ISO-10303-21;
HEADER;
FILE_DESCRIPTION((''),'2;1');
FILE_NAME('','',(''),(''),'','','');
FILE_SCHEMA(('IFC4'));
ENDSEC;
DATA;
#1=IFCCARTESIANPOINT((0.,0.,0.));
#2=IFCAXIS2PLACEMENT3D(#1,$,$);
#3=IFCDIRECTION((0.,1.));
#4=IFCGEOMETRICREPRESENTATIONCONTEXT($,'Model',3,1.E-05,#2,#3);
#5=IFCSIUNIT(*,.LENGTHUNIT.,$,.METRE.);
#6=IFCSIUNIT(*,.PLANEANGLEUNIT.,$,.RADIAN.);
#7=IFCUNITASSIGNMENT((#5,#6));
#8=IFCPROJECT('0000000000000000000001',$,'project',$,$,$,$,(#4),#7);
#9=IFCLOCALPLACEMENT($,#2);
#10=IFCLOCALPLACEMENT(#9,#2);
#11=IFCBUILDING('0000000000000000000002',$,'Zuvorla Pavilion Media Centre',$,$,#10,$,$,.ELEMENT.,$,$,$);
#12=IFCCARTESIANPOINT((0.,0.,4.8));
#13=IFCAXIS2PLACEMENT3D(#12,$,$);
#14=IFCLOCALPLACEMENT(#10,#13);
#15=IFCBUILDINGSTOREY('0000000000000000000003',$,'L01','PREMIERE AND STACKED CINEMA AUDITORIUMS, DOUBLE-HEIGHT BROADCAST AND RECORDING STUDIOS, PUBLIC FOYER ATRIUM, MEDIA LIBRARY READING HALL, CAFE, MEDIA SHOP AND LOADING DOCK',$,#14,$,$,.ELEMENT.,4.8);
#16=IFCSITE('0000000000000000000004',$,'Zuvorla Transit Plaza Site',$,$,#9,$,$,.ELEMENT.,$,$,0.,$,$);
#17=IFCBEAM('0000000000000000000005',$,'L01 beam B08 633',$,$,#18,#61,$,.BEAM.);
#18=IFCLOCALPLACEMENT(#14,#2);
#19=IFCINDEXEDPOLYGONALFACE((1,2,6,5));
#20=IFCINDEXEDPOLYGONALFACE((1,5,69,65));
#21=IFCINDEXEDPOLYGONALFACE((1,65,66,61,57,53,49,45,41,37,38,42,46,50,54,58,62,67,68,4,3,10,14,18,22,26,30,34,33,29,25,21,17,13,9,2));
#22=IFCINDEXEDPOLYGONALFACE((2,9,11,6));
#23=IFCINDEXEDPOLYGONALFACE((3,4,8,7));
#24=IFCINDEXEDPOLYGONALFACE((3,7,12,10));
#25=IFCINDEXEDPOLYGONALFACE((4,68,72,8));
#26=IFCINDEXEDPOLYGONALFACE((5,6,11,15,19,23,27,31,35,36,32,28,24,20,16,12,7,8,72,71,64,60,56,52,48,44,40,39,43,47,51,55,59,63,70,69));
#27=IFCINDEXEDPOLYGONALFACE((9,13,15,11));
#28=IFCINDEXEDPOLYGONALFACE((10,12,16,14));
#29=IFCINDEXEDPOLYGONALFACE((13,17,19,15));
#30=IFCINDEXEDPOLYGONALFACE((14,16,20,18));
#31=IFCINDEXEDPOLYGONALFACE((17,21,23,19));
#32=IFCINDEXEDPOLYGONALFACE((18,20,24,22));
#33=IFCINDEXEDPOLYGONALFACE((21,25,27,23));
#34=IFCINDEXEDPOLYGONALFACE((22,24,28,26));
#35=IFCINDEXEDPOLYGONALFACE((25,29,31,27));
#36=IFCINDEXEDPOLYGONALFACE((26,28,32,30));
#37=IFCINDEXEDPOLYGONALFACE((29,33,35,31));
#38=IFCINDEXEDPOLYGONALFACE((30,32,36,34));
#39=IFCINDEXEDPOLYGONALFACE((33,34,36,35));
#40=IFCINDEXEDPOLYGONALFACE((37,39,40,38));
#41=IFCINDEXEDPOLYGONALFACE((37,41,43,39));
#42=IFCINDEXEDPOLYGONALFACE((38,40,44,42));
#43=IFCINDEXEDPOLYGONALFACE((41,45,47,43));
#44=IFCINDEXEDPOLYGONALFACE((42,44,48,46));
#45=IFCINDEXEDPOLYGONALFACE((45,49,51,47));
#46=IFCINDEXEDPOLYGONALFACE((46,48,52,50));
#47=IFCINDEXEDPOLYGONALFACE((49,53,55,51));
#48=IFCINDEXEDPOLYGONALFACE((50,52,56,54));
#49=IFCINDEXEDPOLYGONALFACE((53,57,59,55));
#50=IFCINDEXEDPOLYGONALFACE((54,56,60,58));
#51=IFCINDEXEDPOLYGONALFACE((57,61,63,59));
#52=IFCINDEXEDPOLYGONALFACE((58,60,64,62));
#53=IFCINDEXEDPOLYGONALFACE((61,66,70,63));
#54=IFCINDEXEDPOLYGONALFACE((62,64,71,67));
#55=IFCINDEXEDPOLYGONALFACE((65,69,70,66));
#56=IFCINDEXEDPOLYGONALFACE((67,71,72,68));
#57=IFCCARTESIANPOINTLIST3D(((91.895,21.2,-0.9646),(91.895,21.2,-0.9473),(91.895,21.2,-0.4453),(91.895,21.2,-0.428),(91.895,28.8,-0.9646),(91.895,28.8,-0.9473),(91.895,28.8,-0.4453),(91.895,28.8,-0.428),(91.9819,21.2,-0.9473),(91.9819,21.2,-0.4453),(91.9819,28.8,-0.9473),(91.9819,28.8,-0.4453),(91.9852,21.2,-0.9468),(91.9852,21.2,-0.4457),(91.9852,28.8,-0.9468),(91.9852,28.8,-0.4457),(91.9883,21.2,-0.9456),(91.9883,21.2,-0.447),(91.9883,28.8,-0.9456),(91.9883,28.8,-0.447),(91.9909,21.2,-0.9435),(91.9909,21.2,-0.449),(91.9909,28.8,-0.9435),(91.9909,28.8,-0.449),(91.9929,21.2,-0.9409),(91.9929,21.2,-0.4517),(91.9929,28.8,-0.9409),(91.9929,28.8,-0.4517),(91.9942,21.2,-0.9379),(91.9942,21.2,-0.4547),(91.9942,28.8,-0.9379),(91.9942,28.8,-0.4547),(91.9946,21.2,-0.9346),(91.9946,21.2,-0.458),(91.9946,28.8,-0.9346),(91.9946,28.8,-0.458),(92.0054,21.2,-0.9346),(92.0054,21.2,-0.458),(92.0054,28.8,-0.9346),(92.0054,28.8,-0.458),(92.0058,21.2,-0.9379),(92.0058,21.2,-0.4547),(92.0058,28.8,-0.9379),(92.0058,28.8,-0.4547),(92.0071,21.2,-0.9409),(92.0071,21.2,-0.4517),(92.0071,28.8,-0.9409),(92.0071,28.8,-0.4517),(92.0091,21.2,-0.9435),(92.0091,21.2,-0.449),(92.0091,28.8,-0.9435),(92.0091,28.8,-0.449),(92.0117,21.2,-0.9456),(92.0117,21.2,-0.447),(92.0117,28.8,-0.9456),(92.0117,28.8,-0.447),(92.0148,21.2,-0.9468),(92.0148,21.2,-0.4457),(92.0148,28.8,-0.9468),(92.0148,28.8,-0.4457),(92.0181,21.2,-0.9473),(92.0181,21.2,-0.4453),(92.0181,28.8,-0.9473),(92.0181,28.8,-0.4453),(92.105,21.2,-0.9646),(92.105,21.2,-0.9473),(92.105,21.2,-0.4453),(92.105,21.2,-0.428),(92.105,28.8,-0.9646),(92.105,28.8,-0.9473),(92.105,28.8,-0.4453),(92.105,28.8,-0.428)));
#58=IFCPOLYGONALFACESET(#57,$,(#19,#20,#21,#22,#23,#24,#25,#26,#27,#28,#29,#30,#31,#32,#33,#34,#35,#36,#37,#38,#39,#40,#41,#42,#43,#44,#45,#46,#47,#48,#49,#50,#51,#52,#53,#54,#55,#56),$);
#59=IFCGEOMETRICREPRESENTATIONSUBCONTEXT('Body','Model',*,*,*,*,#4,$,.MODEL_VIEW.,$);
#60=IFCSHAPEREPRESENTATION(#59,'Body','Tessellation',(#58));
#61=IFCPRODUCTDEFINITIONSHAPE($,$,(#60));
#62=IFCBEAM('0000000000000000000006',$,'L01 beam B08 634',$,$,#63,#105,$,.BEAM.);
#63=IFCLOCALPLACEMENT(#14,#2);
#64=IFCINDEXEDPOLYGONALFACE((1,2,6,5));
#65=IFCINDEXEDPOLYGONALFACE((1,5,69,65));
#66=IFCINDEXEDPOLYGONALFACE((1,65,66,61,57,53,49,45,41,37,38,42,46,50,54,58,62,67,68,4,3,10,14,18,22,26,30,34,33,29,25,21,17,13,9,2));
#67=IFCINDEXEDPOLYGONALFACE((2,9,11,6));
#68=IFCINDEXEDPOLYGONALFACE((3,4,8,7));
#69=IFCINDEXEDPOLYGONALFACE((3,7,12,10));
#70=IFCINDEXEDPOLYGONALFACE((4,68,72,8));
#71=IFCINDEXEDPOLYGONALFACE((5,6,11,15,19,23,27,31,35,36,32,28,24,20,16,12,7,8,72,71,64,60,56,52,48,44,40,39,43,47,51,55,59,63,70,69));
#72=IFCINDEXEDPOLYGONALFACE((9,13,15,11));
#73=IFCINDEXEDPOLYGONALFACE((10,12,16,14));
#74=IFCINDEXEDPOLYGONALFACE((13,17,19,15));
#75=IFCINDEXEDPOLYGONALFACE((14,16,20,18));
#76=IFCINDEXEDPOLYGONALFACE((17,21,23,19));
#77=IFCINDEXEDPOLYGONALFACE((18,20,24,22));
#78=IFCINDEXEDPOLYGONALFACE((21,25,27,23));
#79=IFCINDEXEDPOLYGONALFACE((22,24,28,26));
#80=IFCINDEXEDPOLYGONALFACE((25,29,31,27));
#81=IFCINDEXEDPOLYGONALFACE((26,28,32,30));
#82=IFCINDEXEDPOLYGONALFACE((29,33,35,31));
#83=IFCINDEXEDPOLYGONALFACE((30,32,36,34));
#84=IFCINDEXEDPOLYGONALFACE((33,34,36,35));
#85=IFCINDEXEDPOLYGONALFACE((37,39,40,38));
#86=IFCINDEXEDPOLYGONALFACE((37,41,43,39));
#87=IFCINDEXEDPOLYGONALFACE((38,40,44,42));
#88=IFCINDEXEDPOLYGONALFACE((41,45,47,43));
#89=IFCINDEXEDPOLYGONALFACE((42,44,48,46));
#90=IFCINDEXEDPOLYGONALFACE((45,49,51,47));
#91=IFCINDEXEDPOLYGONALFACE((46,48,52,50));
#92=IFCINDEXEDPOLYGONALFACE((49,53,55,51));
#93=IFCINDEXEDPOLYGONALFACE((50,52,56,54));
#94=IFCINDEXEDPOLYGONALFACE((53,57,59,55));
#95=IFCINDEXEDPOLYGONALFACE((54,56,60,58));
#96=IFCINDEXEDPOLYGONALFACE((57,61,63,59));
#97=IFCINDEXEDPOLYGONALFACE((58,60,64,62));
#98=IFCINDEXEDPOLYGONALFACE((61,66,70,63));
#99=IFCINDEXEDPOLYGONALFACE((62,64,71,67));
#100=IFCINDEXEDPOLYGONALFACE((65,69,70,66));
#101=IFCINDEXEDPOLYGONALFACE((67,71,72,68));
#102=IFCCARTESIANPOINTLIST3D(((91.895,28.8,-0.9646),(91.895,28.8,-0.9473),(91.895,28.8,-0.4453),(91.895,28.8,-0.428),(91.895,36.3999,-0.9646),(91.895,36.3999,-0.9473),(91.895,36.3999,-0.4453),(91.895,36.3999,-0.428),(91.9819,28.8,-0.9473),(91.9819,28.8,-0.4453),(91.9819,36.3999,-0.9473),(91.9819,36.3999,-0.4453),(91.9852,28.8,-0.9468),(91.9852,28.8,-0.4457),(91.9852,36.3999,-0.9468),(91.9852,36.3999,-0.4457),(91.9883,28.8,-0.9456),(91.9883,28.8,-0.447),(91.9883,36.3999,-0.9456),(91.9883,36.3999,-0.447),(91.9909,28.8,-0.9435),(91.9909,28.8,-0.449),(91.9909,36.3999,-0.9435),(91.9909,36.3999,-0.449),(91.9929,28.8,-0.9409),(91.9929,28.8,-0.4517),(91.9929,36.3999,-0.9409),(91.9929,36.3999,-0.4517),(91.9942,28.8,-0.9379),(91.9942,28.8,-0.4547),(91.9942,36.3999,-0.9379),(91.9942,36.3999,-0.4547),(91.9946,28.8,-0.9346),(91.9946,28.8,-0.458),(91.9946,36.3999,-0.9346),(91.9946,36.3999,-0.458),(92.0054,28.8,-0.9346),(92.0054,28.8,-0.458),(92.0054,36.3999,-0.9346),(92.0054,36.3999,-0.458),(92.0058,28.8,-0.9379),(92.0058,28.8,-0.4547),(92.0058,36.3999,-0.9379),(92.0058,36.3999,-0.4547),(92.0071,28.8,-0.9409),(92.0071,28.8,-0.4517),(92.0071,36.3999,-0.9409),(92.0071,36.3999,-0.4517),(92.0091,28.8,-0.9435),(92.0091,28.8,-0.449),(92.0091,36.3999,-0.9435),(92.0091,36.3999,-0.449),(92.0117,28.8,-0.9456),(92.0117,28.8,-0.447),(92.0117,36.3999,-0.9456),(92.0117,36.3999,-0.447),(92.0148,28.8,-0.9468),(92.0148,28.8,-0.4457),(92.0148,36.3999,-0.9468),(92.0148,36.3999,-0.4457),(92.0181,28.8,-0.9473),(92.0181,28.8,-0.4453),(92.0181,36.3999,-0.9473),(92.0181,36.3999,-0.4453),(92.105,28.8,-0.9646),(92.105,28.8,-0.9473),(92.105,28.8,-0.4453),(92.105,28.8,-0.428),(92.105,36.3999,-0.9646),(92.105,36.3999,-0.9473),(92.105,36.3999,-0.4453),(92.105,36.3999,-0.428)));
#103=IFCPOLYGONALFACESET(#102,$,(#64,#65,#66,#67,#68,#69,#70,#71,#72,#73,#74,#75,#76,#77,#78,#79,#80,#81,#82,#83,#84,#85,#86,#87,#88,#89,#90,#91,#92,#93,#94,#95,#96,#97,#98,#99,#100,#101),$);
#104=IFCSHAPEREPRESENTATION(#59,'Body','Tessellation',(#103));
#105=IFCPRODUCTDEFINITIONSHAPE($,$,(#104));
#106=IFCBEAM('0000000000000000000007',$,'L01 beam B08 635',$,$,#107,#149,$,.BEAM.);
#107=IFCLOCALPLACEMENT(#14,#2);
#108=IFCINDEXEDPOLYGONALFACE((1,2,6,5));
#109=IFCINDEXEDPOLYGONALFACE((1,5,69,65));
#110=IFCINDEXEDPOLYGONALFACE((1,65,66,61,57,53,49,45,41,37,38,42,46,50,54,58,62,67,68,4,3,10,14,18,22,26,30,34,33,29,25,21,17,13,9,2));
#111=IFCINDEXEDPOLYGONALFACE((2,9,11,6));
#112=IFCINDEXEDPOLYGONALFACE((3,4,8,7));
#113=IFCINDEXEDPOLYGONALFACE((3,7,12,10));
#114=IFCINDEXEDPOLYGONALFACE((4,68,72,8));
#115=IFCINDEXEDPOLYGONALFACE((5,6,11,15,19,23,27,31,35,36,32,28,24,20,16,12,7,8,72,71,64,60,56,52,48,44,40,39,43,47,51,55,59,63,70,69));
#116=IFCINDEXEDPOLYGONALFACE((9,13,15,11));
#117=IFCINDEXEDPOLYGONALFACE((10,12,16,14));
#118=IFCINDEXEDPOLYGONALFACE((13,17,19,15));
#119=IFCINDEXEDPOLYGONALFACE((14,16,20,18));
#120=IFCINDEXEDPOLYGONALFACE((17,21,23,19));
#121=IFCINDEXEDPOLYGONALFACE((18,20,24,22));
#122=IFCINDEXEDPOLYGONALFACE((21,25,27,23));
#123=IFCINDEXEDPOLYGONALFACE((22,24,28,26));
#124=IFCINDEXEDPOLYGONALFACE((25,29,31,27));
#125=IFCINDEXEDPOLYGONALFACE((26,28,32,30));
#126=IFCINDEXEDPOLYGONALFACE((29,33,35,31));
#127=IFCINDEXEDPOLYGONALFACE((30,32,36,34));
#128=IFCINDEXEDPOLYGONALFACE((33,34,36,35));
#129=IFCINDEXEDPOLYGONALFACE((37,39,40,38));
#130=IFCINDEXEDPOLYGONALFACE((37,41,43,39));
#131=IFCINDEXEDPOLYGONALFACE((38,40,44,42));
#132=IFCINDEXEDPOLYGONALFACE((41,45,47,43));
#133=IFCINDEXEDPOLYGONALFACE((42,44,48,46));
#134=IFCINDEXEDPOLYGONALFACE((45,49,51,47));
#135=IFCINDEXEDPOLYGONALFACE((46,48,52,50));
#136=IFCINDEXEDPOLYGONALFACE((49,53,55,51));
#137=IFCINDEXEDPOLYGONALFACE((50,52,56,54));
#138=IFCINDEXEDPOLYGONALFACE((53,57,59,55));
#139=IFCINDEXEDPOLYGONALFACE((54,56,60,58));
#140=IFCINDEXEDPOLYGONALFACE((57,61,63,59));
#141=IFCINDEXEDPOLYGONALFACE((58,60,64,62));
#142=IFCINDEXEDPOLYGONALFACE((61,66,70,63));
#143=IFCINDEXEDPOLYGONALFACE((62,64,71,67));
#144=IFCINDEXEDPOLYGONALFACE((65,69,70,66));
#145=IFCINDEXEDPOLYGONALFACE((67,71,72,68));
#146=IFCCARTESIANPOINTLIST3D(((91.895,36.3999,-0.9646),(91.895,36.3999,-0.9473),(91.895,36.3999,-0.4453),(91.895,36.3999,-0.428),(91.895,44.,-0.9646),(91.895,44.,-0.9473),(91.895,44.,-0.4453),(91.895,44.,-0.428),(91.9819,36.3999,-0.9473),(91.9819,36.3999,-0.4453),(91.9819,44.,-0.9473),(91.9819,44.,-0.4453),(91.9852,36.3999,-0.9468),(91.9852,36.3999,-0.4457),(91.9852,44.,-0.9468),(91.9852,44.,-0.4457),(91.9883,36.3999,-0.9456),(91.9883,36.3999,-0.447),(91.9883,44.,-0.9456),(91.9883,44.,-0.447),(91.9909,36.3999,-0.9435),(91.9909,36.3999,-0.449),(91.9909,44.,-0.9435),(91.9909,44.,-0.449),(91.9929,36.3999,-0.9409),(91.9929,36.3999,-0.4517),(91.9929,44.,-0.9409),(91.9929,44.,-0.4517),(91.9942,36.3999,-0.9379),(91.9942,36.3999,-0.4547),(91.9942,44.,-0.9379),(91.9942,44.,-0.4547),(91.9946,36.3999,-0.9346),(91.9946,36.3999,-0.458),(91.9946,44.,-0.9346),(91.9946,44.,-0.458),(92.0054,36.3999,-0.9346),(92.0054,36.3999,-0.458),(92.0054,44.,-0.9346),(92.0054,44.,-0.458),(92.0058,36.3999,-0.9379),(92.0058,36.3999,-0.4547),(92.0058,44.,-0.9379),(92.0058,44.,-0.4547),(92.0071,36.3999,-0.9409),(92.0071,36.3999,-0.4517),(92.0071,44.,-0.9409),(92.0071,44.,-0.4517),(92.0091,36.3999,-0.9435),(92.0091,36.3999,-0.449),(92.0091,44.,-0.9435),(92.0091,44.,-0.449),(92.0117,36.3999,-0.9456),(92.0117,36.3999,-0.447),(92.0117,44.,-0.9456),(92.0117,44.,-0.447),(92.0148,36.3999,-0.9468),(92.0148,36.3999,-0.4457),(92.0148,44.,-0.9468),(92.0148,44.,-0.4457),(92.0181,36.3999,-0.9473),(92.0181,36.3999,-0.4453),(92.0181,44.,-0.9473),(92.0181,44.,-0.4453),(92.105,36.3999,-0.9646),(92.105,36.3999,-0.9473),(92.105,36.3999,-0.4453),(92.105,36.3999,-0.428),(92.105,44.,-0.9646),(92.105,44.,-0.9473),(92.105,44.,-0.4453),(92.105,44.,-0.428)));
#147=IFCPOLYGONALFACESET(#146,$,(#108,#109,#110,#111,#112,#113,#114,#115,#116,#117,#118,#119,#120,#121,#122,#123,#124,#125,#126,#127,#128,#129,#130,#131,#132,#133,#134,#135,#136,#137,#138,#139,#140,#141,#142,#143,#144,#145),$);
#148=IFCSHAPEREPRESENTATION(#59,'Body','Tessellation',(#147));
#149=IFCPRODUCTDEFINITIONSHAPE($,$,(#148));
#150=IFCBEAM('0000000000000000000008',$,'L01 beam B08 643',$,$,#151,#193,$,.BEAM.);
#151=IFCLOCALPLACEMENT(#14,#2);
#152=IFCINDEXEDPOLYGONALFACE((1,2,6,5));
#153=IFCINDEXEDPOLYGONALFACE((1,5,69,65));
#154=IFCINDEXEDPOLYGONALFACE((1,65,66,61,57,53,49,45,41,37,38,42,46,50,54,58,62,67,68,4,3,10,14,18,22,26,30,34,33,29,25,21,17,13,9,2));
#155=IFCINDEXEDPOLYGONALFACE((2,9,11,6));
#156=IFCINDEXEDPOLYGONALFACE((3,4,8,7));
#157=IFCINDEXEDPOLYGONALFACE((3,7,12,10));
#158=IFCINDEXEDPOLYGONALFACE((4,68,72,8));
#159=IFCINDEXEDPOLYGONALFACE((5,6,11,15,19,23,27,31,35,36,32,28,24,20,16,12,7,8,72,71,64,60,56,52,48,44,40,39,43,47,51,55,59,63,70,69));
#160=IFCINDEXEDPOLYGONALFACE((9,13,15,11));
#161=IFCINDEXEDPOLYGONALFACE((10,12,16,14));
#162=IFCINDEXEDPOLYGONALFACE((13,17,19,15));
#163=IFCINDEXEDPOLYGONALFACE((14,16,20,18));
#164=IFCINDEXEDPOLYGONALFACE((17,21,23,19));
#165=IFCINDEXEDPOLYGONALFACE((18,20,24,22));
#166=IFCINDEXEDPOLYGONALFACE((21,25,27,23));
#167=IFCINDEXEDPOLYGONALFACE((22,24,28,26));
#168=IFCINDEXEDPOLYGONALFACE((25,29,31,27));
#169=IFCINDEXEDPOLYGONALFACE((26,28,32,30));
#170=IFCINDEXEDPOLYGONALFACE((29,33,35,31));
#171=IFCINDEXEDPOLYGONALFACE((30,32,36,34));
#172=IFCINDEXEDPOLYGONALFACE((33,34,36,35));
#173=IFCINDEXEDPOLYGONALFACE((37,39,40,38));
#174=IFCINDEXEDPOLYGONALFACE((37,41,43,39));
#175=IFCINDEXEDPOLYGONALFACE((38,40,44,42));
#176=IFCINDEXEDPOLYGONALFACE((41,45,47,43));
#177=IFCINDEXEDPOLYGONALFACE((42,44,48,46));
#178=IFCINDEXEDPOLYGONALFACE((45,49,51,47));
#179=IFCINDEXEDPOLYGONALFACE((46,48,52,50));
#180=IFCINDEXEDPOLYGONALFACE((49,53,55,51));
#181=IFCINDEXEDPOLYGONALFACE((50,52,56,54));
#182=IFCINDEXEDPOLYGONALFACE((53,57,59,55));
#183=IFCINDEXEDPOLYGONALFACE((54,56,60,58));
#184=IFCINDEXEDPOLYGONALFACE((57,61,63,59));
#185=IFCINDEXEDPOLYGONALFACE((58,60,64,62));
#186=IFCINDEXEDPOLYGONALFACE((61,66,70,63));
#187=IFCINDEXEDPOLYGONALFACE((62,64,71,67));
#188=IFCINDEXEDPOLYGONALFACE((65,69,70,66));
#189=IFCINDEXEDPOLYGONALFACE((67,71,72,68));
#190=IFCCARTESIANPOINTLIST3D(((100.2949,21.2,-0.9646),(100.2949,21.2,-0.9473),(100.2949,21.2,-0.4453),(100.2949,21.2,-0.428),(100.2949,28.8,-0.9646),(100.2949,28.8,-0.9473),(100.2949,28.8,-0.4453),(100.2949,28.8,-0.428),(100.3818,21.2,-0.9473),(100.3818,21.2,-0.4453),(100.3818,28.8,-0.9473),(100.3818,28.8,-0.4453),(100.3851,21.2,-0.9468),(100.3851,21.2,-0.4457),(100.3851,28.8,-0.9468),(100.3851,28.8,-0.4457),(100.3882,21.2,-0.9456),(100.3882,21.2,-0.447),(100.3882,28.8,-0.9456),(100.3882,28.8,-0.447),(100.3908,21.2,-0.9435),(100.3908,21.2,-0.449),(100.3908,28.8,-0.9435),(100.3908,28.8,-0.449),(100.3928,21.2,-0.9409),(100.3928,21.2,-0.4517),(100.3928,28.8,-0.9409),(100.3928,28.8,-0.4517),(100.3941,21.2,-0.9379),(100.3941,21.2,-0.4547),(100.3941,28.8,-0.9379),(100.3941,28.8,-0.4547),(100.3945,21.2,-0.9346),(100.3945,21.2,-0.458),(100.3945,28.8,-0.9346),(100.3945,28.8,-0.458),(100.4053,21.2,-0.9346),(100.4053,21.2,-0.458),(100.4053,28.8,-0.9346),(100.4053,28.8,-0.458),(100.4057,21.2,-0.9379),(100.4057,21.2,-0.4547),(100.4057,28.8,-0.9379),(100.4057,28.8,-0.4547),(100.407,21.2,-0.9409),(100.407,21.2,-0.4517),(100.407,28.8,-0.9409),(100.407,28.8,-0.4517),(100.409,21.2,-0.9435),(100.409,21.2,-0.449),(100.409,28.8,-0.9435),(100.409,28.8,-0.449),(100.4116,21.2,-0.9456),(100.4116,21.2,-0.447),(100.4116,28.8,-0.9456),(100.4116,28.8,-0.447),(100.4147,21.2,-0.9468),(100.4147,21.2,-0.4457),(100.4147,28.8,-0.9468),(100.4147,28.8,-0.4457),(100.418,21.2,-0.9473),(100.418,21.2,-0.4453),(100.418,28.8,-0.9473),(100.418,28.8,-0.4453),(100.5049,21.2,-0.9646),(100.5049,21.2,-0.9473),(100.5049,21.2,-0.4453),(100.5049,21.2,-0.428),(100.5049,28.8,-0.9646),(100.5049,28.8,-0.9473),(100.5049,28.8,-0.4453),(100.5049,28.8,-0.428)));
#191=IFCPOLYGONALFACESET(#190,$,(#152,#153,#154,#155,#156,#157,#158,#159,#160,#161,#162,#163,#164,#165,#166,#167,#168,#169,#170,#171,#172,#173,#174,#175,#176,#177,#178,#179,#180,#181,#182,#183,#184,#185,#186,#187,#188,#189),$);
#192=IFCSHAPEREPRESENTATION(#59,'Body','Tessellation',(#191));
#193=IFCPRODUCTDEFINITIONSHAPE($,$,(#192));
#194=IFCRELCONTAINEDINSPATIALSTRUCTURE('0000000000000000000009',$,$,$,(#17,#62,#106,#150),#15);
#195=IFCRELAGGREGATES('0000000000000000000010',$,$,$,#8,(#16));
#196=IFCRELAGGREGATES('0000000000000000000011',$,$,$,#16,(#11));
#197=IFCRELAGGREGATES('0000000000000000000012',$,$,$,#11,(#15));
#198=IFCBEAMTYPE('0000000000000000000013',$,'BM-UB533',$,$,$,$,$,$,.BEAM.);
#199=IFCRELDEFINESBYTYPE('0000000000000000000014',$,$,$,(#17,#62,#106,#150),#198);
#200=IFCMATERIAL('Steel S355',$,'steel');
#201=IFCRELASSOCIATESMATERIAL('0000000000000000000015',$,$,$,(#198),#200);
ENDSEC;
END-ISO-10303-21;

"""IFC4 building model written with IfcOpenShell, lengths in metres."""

from ifc_helpers import new_model, si_unit, direction, frame, origin, origin_2d, place, context, subcontext, project, spatial, i_section, extrude, material, material_profile, profile_set, type_object, element, save


model = new_model("IFC4")

# Units and contexts
model_context = context("Model", 3, precision=1e-05, world=origin(), true_north=direction((0.0, 1.0)))
body_context = subcontext(model_context, "Body", "Model", "MODEL_VIEW")
ifc_project = project(units=[si_unit("LENGTHUNIT", "METRE"), si_unit("PLANEANGLEUNIT", "RADIAN")], contexts=[model_context])

# Site, building, storey
site_placement = place(None, origin())
site = spatial("IfcSite", under=ifc_project, at=site_placement, Name="Zuvorla Transit Plaza Site", CompositionType="ELEMENT", RefElevation=0.0)
building_placement = place(site_placement, origin())
building = spatial("IfcBuilding", under=site, at=building_placement, Name="Zuvorla Pavilion Media Centre", CompositionType="ELEMENT")
storey_placement = place(building_placement, frame((0.0, 0.0, 4.8)))
storey = spatial("IfcBuildingStorey", under=building, at=storey_placement, Name="L01", Description="PREMIERE AND STACKED CINEMA AUDITORIUMS, DOUBLE-HEIGHT BROADCAST AND RECORDING STUDIOS, PUBLIC FOYER ATRIUM, MEDIA LIBRARY READING HALL, CAFE, MEDIA SHOP AND LOADING DOCK", CompositionType="ELEMENT", Elevation=4.8)

# Beams
ifc_material_1 = material(Name="Steel S355", Category="steel")
ifc_material_profile_1 = material_profile(ifc_material_1, i_section(OverallWidth=0.21, OverallDepth=0.5366, WebThickness=0.0107, FlangeThickness=0.0173, FilletRadius=0.0127, at=origin_2d()), Name="UB 533x210x101")
ifc_profile_set_1 = profile_set([ifc_material_profile_1], Name="Steel S355")
beam_type_1 = type_object("IfcBeamType", Name="BM-UB533", PredefinedType="BEAM", material=ifc_profile_set_1)
beam_1_placement = place(storey_placement, frame((92.0, 21.2, -0.6963), z_axis=(0.0, 1.0, 0.0), x_axis=(-1.0, 0.0, 0.0)))
element("IfcBeam", 1, at=beam_1_placement, inside=storey, type_object=beam_type_1, Name="L01 beam B08 633", PredefinedType="BEAM", context=body_context, shape_type="SweptSolid", body=[
    extrude(i_section(OverallWidth=0.21, OverallDepth=0.5366, WebThickness=0.0107, FlangeThickness=0.0173, FilletRadius=0.0127, at=origin_2d()), origin(), (0.0, 0.0, 1.0), 7.6001),
])
beam_2_placement = place(storey_placement, frame((92.0, 28.8, -0.6963), z_axis=(0.0, 1.0, 0.0), x_axis=(-1.0, 0.0, 0.0)))
element("IfcBeam", 2, at=beam_2_placement, inside=storey, type_object=beam_type_1, Name="L01 beam B08 634", PredefinedType="BEAM", context=body_context, shape_type="SweptSolid", body=[
    extrude(i_section(OverallWidth=0.21, OverallDepth=0.5366, WebThickness=0.0107, FlangeThickness=0.0173, FilletRadius=0.0127, at=origin_2d()), origin(), (0.0, 0.0, 1.0), 7.5999),
])
for number, where, z_axis, x_axis, name in (
    (3, (92.0, 36.3999, -0.6963), (0.0, 1.0, 0.0), (-1.0, 0.0, 0.0), "L01 beam B08 635"),
    (4, (100.3999, 21.2, -0.6963), (0.0, 1.0, 0.0), (-1.0, 0.0, 0.0), "L01 beam B08 643"),
):
    element("IfcBeam", number, at=place(storey_placement, frame(where, z_axis=z_axis, x_axis=x_axis)), inside=storey, type_object=beam_type_1, Name=name, PredefinedType="BEAM", context=body_context, shape_type="SweptSolid", body=[
        extrude(i_section(OverallWidth=0.21, OverallDepth=0.5366, WebThickness=0.0107, FlangeThickness=0.0173, FilletRadius=0.0127, at=origin_2d()), origin(), (0.0, 0.0, 1.0), 7.6001),
    ])

save(model, "model.ifc")
